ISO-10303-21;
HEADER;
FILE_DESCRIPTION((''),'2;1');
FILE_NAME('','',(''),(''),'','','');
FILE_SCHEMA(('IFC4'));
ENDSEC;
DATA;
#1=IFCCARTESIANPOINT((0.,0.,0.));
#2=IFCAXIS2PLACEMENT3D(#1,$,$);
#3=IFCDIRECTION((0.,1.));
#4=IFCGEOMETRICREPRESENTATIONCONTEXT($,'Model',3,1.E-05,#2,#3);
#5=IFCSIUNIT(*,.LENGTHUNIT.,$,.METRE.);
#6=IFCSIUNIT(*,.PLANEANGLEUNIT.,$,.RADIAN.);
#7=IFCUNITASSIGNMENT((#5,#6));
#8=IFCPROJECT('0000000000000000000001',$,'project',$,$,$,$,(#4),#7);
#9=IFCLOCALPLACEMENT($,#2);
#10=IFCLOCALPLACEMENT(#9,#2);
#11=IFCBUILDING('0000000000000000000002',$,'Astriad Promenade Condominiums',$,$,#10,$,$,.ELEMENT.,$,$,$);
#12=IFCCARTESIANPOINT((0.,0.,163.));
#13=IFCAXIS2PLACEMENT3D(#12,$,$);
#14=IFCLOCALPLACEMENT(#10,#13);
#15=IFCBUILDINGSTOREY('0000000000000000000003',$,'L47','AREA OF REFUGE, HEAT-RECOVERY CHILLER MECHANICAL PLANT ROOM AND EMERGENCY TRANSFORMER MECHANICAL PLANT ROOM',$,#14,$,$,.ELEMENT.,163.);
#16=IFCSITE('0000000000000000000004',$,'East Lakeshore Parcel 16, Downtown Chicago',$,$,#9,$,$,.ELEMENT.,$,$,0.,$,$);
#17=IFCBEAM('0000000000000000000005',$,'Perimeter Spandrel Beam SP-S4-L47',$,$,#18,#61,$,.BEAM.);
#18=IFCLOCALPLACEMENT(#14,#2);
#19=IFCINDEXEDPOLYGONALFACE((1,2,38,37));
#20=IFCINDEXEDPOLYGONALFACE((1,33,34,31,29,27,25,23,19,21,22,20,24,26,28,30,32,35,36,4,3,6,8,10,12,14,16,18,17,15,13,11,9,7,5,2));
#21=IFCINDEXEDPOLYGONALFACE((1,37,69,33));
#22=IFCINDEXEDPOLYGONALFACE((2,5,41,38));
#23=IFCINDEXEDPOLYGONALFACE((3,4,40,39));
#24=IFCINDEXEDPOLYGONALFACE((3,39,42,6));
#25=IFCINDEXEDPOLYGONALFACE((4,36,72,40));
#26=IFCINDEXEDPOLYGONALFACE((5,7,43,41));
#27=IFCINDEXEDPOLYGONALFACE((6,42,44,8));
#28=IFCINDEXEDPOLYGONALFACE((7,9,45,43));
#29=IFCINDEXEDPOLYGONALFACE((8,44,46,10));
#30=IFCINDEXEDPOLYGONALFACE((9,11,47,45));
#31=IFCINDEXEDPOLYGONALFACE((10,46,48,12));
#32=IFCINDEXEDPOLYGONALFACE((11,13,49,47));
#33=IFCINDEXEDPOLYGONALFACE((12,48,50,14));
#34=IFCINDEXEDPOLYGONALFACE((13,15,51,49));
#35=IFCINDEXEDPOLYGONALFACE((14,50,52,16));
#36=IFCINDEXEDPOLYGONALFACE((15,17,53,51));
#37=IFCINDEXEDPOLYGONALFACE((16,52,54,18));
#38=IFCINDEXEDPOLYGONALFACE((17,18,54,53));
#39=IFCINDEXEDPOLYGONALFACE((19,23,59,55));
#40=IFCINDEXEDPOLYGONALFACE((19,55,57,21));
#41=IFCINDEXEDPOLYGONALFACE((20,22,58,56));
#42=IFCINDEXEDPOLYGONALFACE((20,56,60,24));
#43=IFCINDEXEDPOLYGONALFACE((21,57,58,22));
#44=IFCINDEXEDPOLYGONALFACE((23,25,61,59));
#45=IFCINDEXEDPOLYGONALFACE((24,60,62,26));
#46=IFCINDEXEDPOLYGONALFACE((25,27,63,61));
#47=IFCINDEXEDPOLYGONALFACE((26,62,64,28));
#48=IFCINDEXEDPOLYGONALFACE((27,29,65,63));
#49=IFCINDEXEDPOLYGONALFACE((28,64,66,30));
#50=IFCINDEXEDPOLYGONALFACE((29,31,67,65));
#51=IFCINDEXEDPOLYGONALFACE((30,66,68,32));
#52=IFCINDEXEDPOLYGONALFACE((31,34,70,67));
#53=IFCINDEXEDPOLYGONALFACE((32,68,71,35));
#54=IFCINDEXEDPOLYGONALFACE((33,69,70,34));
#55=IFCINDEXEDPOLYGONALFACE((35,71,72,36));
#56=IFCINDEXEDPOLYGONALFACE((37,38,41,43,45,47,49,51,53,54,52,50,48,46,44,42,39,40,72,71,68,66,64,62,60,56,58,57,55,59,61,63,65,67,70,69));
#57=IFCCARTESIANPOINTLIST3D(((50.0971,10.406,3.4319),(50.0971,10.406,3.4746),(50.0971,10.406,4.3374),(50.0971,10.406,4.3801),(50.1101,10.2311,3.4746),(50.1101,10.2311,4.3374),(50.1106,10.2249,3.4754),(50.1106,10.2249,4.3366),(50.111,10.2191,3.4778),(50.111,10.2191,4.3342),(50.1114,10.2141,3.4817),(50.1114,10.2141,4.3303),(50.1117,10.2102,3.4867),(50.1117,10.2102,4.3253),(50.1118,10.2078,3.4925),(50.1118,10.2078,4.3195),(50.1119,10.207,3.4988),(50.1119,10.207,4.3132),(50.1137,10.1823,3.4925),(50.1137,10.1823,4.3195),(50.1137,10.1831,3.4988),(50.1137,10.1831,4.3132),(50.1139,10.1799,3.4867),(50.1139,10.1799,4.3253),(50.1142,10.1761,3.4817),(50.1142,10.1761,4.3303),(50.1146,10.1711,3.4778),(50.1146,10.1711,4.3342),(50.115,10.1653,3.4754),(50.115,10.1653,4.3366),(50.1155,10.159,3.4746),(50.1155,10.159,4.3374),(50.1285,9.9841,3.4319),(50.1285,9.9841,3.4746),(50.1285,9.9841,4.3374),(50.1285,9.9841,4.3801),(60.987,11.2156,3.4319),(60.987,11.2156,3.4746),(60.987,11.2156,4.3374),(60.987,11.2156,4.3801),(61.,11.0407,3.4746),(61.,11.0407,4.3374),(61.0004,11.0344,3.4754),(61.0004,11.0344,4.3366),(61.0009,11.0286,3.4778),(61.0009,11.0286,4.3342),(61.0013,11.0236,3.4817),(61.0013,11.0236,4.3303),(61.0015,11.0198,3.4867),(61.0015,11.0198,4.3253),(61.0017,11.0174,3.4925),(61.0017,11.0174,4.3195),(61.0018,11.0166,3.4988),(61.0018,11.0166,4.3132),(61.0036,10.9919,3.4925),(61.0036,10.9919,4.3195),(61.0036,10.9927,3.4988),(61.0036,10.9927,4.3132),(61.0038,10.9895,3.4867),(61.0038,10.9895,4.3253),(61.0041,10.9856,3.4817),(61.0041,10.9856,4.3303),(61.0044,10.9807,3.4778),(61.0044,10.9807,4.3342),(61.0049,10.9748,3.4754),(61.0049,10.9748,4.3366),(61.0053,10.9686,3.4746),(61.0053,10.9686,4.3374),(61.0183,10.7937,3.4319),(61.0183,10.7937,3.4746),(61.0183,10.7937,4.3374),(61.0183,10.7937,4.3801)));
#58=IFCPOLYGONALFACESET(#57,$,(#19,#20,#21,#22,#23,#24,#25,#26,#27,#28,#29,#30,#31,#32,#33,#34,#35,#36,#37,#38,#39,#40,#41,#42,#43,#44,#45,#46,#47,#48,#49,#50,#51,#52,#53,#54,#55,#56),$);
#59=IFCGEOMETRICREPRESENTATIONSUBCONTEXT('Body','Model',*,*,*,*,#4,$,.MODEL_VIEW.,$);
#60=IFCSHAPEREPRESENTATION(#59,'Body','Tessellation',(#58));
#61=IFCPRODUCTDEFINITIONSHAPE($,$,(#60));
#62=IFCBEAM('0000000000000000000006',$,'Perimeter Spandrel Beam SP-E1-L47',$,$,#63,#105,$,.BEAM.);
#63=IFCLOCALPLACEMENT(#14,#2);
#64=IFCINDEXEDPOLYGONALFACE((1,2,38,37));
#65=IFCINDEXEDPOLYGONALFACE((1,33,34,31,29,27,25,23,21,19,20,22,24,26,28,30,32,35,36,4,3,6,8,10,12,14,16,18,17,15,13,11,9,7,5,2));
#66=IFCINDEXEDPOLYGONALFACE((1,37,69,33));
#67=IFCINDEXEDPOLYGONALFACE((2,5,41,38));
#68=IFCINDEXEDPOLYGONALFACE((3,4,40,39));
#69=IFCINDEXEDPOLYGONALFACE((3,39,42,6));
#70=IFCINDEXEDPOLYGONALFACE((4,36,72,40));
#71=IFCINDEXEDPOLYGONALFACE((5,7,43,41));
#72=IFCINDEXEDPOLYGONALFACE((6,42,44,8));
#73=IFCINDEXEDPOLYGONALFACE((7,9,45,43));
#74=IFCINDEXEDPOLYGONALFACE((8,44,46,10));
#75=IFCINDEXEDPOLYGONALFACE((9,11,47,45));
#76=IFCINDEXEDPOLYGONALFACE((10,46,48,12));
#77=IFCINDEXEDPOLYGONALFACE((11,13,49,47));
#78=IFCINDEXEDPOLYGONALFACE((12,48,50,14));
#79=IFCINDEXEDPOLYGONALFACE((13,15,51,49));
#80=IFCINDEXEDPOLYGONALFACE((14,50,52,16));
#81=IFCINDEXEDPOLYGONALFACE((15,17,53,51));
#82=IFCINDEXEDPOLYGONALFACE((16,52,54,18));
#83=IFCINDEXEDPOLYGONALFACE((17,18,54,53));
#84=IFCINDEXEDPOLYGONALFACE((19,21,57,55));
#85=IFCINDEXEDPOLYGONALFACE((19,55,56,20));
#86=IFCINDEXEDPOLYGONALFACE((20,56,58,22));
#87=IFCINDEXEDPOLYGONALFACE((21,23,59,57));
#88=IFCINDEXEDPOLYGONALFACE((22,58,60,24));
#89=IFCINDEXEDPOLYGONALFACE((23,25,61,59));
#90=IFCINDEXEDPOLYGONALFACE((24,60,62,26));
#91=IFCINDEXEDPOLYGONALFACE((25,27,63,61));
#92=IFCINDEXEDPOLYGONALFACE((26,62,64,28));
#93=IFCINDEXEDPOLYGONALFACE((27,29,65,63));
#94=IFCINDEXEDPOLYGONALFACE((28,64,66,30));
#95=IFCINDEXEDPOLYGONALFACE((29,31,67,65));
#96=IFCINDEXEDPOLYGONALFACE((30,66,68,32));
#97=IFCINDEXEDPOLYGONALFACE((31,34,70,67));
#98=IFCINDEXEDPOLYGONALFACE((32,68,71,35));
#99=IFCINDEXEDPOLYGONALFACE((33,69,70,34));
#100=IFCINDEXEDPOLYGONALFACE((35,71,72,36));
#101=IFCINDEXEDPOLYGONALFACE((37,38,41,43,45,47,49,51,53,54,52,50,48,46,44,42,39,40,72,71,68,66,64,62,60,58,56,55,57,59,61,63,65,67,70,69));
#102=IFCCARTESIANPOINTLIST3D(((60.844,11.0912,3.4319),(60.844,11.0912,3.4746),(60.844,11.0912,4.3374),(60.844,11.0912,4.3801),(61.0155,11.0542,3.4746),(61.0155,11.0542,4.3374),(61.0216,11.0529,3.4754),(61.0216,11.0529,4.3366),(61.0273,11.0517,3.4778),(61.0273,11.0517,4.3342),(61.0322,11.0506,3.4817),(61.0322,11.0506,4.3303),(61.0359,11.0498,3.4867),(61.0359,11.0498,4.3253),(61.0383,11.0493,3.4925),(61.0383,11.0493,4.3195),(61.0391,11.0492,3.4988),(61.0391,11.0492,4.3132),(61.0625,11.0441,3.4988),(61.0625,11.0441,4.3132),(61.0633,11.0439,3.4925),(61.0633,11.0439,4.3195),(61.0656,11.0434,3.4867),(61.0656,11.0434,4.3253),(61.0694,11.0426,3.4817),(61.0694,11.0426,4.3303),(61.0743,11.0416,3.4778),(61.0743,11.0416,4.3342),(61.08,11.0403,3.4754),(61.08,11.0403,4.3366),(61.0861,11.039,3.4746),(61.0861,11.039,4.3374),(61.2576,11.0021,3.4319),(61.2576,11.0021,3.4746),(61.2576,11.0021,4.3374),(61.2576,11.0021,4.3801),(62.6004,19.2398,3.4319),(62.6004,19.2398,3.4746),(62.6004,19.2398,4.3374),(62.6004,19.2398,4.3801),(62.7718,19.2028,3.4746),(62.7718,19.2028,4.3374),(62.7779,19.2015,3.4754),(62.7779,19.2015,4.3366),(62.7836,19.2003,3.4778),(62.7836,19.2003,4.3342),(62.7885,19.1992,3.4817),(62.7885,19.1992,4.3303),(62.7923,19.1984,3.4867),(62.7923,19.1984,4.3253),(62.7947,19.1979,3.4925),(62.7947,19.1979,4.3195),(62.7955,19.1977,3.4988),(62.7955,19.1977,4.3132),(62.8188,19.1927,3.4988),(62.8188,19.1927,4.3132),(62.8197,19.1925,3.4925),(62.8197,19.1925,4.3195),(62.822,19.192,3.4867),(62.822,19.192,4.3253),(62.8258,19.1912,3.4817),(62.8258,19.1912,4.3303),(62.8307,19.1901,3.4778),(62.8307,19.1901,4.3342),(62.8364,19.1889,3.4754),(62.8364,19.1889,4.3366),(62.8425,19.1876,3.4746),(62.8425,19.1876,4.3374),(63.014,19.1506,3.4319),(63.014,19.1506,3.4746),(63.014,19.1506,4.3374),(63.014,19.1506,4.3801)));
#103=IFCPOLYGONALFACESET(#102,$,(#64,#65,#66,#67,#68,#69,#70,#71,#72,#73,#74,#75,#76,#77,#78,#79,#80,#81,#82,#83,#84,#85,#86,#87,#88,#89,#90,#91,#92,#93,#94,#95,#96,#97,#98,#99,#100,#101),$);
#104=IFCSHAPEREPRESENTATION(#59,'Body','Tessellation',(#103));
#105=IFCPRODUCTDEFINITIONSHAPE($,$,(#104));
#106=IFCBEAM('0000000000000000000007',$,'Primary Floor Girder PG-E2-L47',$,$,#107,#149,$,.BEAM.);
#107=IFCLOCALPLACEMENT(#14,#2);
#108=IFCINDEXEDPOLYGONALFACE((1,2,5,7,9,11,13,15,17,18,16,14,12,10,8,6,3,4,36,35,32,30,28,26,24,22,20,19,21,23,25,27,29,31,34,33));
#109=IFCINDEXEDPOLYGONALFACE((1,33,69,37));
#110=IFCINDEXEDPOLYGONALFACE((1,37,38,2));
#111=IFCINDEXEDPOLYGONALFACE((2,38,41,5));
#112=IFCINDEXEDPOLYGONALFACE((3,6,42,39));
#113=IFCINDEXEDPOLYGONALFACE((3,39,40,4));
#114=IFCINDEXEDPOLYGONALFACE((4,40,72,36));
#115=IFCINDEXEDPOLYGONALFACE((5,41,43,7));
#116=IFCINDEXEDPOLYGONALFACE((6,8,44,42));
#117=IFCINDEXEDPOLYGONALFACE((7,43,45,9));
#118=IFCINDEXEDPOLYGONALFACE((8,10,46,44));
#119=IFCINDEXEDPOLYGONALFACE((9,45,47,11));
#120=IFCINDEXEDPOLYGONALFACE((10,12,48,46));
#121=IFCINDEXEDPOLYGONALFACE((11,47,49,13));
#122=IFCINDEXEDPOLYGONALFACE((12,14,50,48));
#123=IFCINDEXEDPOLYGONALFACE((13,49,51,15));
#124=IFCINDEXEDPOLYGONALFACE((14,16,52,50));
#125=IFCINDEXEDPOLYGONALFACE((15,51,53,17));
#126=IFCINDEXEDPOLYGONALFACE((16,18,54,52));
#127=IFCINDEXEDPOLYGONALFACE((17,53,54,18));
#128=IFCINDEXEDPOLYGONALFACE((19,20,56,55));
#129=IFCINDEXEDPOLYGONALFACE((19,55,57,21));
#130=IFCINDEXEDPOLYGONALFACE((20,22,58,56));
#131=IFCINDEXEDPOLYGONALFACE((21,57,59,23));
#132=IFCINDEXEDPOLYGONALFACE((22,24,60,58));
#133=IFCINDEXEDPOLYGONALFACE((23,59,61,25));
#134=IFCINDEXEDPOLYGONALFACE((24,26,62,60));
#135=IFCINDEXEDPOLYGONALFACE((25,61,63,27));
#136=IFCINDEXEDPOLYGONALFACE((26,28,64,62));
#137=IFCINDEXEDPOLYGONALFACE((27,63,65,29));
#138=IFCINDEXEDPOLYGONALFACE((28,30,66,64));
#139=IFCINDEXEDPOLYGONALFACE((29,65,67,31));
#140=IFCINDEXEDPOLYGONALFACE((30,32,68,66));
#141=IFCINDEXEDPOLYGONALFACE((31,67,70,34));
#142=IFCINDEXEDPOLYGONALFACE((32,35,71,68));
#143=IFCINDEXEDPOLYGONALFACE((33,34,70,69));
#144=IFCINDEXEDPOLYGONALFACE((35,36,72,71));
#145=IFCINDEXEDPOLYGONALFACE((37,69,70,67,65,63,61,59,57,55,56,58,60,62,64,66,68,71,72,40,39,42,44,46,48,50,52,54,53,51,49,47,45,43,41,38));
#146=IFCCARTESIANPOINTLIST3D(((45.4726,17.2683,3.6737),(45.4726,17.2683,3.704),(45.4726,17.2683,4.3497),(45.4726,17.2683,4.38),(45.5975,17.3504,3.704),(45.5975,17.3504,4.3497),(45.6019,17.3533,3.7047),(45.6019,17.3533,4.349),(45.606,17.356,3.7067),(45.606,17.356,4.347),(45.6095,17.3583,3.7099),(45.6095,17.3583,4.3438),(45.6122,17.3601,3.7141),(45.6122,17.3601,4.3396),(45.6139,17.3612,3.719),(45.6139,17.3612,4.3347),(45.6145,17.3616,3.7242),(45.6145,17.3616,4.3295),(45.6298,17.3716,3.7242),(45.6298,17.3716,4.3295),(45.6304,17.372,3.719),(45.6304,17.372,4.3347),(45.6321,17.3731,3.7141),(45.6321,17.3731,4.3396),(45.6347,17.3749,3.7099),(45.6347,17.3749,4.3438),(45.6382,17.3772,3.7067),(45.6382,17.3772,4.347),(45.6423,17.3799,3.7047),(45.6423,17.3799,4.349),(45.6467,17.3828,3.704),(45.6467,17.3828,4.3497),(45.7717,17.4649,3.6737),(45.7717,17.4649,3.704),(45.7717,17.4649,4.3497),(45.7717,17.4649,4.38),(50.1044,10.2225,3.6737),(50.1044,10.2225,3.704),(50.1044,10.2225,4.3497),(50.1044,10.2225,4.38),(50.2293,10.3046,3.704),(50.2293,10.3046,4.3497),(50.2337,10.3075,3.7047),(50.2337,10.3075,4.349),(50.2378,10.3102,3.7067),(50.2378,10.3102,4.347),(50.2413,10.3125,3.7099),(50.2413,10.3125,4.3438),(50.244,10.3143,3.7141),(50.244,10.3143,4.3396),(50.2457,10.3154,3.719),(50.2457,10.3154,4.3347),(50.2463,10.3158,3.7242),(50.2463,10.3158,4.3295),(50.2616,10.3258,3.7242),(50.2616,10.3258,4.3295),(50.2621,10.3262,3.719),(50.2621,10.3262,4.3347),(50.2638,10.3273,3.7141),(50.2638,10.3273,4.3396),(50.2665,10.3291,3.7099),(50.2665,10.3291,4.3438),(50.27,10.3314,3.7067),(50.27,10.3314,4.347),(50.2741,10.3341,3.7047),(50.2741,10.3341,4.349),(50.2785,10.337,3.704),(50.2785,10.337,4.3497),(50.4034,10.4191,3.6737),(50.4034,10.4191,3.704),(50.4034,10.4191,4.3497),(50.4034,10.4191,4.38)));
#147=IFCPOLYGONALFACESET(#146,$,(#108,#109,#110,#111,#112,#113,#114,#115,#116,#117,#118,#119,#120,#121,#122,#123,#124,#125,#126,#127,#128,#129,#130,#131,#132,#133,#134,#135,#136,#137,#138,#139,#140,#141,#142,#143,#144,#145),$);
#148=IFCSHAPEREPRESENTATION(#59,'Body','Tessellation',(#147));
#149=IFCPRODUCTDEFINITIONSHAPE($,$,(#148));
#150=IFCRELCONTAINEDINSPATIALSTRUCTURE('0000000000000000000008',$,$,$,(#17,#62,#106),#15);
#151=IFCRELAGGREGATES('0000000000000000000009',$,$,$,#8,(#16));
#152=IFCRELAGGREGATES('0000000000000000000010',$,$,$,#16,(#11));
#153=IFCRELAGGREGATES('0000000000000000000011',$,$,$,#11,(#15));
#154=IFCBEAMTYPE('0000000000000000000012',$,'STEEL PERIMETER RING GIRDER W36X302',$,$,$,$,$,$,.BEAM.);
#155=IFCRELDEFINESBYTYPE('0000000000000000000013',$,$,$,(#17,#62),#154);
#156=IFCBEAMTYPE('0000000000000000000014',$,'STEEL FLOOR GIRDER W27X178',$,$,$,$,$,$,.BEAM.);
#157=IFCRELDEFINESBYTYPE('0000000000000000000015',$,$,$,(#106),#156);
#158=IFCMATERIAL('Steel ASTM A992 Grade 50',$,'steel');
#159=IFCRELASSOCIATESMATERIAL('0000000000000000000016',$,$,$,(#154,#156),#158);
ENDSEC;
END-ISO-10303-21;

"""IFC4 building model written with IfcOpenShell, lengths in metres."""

from ifc_helpers import new_model, si_unit, direction, frame, origin, origin_2d, place, context, subcontext, project, spatial, i_section, extrude, source, transform, mapped, material, material_profile, profile_set, type_object, type_shapes, element, save


model = new_model("IFC4")

# Units and contexts
model_context = context("Model", 3, precision=1e-05, world=origin(), true_north=direction((0.0, 1.0)))
body_context = subcontext(model_context, "Body", "Model", "MODEL_VIEW")
ifc_project = project(units=[si_unit("LENGTHUNIT", "METRE"), si_unit("PLANEANGLEUNIT", "RADIAN")], contexts=[model_context])

# Site, building, storey
site_placement = place(None, origin())
site = spatial("IfcSite", under=ifc_project, at=site_placement, Name="East Lakeshore Parcel 16, Downtown Chicago", CompositionType="ELEMENT", RefElevation=0.0)
building_placement = place(site_placement, origin())
building = spatial("IfcBuilding", under=site, at=building_placement, Name="Astriad Promenade Condominiums", CompositionType="ELEMENT")
storey_placement = place(building_placement, frame((0.0, 0.0, 163.0)))
storey = spatial("IfcBuildingStorey", under=building, at=storey_placement, Name="L47", Description="AREA OF REFUGE, HEAT-RECOVERY CHILLER MECHANICAL PLANT ROOM AND EMERGENCY TRANSFORMER MECHANICAL PLANT ROOM", CompositionType="ELEMENT", Elevation=163.0)

# Shared definitions
ifc_material_1 = material(Name="Steel ASTM A992 Grade 50", Category="steel")

# Beams
ifc_material_profile_1 = material_profile(ifc_material_1, i_section(OverallWidth=0.4231, OverallDepth=0.9482, WebThickness=0.0239, FlangeThickness=0.0427, FilletRadius=0.0242, at=origin_2d()), Name="W36X302")
ifc_profile_set_1 = profile_set([ifc_material_profile_1], Name="Steel ASTM A992 Grade 50")
beam_type_1 = type_object("IfcBeamType", Name="STEEL PERIMETER RING GIRDER W36X302", PredefinedType="BEAM", material=ifc_profile_set_1)
shared_shape_1 = source(origin(), body_context, "Body", "SweptSolid", [
    extrude(i_section(OverallWidth=0.4231, OverallDepth=0.9482, WebThickness=0.0239, FlangeThickness=0.0427, FilletRadius=0.0242, at=origin_2d()), origin(), (0.0, 0.0, 1.0), 10.9199),
])
beam_1_placement = place(storey_placement, frame((50.1128, 10.1951, 3.906), z_axis=(0.997248, 0.074137, 0.0), x_axis=(-0.074137, 0.997248, 0.0)))
element("IfcBeam", 1, at=beam_1_placement, inside=storey, type_object=beam_type_1, Name="Perimeter Spandrel Beam SP-S4-L47", PredefinedType="BEAM", context=body_context, shape_type="MappedRepresentation", body=[
    mapped(shared_shape_1, transform((0.0, 0.0, 0.0), scale=1.0)),
])
shared_shape_2 = source(origin(), body_context, "Body", "SweptSolid", [
    extrude(i_section(OverallWidth=0.4231, OverallDepth=0.9482, WebThickness=0.0239, FlangeThickness=0.0427, FilletRadius=0.0242, at=origin_2d()), origin(), (0.0, 0.0, 1.0), 8.3357),
])
type_shapes(beam_type_1, [shared_shape_1, shared_shape_2])
beam_2_placement = place(storey_placement, frame((61.0508, 11.0466, 3.906), z_axis=(0.210705, 0.97755, 0.0), x_axis=(-0.97755, 0.210705, 0.0)))
element("IfcBeam", 2, at=beam_2_placement, inside=storey, type_object=beam_type_1, Name="Perimeter Spandrel Beam SP-E1-L47", PredefinedType="BEAM", context=body_context, shape_type="MappedRepresentation", body=[
    mapped(shared_shape_2, transform((0.0, 0.0, 0.0), scale=1.0)),
])
ifc_material_profile_2 = material_profile(ifc_material_1, i_section(OverallWidth=0.3579, OverallDepth=0.7063, WebThickness=0.0183, FlangeThickness=0.0303, FilletRadius=0.0203, at=origin_2d()), Name="W27X178")
ifc_profile_set_2 = profile_set([ifc_material_profile_2], Name="Steel ASTM A992 Grade 50")
beam_type_2 = type_object("IfcBeamType", Name="STEEL FLOOR GIRDER W27X178", PredefinedType="BEAM", material=ifc_profile_set_2)
shared_shape_3 = source(origin(), body_context, "Body", "SweptSolid", [
    extrude(i_section(OverallWidth=0.3579, OverallDepth=0.7063, WebThickness=0.0183, FlangeThickness=0.0303, FilletRadius=0.0203, at=origin_2d()), origin(), (0.0, 0.0, 1.0), 8.4319),
])
type_shapes(beam_type_2, [shared_shape_3])
beam_3_placement = place(storey_placement, frame((50.2539, 10.3208, 4.0269), z_axis=(-0.549317, 0.835614, 0.0), x_axis=(-0.835614, -0.549317, 0.0)))
element("IfcBeam", 3, at=beam_3_placement, inside=storey, type_object=beam_type_2, Name="Primary Floor Girder PG-E2-L47", PredefinedType="BEAM", context=body_context, shape_type="MappedRepresentation", body=[
    mapped(shared_shape_3, transform((0.0, 0.0, 0.0), scale=1.0)),
])

save(model, "model.ifc")
